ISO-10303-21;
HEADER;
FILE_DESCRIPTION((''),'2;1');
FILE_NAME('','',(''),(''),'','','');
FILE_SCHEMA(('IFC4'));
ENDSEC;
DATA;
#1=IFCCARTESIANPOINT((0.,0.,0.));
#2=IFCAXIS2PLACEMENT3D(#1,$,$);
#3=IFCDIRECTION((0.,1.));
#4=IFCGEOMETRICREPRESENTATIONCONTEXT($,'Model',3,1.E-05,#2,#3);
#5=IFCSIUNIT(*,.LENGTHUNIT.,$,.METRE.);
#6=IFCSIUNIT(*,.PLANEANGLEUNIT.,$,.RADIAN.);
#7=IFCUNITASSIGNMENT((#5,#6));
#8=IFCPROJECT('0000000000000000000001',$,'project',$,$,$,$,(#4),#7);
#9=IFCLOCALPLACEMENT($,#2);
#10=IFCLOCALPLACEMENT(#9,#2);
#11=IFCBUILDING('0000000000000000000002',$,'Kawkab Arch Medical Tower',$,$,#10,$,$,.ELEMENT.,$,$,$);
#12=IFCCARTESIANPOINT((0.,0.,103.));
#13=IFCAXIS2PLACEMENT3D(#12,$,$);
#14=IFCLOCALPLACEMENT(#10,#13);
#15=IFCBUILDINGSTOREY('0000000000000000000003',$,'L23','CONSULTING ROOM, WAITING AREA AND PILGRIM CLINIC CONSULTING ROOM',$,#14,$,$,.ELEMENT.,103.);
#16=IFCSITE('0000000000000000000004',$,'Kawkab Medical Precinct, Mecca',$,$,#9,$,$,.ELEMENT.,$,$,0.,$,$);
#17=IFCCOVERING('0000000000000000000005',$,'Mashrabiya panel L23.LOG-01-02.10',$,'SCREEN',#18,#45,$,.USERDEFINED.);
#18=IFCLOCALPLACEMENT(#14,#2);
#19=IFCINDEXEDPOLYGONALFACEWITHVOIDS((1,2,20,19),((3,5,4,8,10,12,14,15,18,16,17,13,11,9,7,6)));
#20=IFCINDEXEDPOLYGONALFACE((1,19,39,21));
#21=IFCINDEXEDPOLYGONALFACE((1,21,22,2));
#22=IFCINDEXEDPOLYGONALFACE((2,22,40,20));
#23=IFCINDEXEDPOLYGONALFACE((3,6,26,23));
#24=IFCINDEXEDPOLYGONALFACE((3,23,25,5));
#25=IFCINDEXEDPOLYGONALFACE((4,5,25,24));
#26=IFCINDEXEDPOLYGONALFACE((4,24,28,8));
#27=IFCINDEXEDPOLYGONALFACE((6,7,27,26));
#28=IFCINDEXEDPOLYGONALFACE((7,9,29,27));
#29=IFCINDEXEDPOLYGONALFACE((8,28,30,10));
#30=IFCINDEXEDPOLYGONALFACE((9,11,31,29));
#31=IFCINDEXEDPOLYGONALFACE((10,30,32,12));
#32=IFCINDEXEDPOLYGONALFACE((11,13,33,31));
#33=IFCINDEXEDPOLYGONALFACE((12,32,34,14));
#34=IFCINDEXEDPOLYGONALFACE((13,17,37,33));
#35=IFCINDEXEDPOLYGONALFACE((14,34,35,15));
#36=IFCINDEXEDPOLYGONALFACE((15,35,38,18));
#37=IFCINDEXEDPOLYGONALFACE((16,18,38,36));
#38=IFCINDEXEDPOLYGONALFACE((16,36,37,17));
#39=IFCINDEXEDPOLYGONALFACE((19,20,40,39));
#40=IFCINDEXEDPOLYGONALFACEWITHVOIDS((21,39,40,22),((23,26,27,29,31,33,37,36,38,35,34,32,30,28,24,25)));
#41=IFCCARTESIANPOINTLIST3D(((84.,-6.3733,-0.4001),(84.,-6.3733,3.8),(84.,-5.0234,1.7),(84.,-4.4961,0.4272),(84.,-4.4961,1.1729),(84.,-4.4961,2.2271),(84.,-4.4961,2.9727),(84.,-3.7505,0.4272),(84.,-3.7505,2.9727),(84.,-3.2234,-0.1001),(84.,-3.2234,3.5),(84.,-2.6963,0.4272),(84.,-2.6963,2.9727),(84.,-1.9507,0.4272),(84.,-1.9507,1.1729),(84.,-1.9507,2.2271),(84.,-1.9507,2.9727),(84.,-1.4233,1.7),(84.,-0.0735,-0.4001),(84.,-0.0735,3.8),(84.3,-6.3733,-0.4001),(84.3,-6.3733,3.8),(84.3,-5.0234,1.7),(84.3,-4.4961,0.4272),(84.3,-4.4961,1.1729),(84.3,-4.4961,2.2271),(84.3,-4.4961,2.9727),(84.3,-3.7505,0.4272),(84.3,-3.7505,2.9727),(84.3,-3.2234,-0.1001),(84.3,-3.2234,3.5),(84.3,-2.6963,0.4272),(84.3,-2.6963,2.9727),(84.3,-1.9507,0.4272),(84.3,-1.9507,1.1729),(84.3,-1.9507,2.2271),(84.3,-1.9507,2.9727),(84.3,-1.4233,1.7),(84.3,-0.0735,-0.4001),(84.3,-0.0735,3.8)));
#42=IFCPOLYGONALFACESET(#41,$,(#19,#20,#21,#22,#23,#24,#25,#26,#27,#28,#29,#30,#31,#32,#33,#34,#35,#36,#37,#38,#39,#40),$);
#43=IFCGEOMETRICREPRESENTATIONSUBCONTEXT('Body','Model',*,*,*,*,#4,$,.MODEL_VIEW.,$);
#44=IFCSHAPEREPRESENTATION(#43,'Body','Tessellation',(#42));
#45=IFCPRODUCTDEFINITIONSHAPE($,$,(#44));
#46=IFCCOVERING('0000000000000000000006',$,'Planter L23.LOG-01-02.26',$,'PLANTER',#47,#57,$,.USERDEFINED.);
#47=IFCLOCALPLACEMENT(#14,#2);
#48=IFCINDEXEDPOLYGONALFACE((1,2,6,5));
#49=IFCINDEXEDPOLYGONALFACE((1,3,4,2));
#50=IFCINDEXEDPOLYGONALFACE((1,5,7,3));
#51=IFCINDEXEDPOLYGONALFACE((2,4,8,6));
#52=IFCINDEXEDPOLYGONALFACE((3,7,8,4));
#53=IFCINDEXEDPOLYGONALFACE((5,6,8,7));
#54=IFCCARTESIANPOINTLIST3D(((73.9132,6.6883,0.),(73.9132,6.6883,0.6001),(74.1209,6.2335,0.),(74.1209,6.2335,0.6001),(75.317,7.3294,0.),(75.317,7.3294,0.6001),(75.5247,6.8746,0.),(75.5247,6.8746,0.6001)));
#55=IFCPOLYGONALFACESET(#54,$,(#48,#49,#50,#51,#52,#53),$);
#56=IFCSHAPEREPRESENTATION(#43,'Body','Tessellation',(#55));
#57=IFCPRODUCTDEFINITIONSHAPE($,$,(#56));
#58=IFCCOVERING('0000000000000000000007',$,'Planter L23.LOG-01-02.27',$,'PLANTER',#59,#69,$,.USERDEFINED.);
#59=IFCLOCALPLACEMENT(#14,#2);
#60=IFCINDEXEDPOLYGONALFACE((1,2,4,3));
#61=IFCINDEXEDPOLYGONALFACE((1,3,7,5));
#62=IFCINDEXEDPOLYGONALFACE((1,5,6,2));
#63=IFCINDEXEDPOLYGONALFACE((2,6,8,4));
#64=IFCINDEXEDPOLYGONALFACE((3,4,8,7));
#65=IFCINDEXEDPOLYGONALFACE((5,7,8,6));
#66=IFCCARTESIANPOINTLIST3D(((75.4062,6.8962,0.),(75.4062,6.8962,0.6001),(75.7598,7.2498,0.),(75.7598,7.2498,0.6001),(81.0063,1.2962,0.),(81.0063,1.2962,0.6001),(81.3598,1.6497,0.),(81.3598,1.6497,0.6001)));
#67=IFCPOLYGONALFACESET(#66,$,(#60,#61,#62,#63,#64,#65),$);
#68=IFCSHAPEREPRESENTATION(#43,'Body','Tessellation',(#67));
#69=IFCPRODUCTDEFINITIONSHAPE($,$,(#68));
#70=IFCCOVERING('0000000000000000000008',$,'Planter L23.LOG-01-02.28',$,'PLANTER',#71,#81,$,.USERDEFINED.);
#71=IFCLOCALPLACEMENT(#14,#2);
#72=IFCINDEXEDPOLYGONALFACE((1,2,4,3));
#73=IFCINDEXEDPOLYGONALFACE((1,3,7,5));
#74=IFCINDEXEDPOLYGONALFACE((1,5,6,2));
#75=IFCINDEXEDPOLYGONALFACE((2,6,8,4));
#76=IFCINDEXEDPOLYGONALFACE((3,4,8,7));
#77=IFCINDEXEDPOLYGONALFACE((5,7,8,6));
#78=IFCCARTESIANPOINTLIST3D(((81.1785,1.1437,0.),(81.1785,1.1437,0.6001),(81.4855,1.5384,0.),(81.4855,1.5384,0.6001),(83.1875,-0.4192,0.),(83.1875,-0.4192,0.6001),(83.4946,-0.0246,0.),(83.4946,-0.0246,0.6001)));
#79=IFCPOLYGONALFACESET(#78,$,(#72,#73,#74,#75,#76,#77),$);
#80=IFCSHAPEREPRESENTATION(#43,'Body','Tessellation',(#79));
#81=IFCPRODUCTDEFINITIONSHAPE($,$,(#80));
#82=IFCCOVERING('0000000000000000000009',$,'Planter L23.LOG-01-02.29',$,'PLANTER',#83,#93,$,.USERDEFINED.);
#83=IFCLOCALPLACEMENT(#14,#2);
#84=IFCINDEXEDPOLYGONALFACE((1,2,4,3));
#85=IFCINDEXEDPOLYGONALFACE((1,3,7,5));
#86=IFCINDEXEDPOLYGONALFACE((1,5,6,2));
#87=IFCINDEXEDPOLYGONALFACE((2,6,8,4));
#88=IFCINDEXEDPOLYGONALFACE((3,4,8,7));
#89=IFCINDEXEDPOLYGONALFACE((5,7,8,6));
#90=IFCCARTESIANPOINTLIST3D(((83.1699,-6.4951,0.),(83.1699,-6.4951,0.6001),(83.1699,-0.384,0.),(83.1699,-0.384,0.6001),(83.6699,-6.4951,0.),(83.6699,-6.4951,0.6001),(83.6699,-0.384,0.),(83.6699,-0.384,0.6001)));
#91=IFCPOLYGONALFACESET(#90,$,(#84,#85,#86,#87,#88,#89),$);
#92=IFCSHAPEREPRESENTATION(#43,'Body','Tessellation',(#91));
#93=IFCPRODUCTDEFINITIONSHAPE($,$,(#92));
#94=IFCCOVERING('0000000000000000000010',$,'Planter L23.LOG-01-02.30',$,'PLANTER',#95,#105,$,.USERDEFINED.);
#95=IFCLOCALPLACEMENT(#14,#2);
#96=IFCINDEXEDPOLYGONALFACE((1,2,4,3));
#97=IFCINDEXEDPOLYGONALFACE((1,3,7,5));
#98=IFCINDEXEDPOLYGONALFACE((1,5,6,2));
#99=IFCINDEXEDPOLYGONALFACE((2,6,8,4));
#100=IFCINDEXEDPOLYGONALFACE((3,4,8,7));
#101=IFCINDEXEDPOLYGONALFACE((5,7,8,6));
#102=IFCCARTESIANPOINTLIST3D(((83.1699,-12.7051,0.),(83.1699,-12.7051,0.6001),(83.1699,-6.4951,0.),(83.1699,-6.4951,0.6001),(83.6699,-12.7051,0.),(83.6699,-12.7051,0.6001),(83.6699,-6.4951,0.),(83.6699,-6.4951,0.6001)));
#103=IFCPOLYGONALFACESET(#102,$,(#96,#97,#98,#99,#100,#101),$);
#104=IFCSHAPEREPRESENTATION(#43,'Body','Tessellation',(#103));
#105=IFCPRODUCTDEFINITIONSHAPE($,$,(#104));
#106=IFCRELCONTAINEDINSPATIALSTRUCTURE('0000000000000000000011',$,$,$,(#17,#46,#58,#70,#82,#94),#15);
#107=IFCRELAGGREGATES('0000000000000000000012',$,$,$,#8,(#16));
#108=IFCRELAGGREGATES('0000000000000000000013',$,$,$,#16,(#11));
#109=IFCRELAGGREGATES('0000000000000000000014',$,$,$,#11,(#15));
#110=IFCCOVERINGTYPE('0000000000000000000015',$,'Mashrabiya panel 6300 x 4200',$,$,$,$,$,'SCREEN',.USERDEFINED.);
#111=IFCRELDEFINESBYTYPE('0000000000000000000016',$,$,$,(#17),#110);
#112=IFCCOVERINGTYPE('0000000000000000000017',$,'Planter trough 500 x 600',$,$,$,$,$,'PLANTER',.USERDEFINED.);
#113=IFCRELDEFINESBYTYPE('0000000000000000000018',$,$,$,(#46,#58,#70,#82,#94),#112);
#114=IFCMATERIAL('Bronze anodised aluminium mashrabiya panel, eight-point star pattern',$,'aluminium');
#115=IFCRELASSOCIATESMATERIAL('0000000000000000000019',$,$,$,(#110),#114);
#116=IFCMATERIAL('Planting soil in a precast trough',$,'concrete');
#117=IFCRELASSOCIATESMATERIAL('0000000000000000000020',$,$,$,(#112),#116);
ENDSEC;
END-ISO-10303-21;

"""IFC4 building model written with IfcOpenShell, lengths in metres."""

from ifc_helpers import new_model, si_unit, direction, frame, origin, origin_2d, place, context, subcontext, project, spatial, polyline, rectangle, outline, extrude, material, material_profile, profile_set, type_object, element, save


model = new_model("IFC4")

# Units and contexts
model_context = context("Model", 3, precision=1e-05, world=origin(), true_north=direction((0.0, 1.0)))
body_context = subcontext(model_context, "Body", "Model", "MODEL_VIEW")
ifc_project = project(units=[si_unit("LENGTHUNIT", "METRE"), si_unit("PLANEANGLEUNIT", "RADIAN")], contexts=[model_context])

# Site, building, storey
site_placement = place(None, origin())
site = spatial("IfcSite", under=ifc_project, at=site_placement, Name="Kawkab Medical Precinct, Mecca", CompositionType="ELEMENT", RefElevation=0.0)
building_placement = place(site_placement, origin())
building = spatial("IfcBuilding", under=site, at=building_placement, Name="Kawkab Arch Medical Tower", CompositionType="ELEMENT")
storey_placement = place(building_placement, frame((0.0, 0.0, 103.0)))
storey = spatial("IfcBuildingStorey", under=building, at=storey_placement, Name="L23", Description="CONSULTING ROOM, WAITING AREA AND PILGRIM CLINIC CONSULTING ROOM", CompositionType="ELEMENT", Elevation=103.0)

# Coverings
ifc_material_1 = material(Name="Bronze anodised aluminium mashrabiya panel, eight-point star pattern", Category="aluminium")
ifc_material_profile_1 = material_profile(ifc_material_1, outline(polyline([(-3.1499, -2.1001), (3.1499, -2.1001), (3.1499, 2.1001), (-3.1499, 2.1001), (-3.1499, -2.1001)]), holes=[polyline([(1.8, 0.0), (1.2727, 0.5271), (1.2727, 1.2727), (0.5271, 1.2727), (0.0, 1.8), (-0.5271, 1.2727), (-1.2727, 1.2727), (-1.2727, 0.5271), (-1.8, 0.0), (-1.2727, -0.5271), (-1.2727, -1.2727), (-0.5271, -1.2727), (0.0, -1.8), (0.5271, -1.2727), (1.2727, -1.2727), (1.2727, -0.5271), (1.8, 0.0)])]), Name="Mashrabiya panel 6300x4200")
ifc_profile_set_1 = profile_set([ifc_material_profile_1], Name="Bronze anodised aluminium mashrabiya panel, eight-point star pattern")
covering_type_1 = type_object("IfcCoveringType", Name="Mashrabiya panel 6300 x 4200", ElementType="SCREEN", PredefinedType="USERDEFINED", material=ifc_profile_set_1)
covering_1_placement = place(storey_placement, frame((84.0, -3.2234, 1.7), z_axis=(1.0, 0.0, 0.0), x_axis=(0.0, 1.0, 0.0)))
element("IfcCovering", 1, at=covering_1_placement, inside=storey, type_object=covering_type_1, Name="Mashrabiya panel L23.LOG-01-02.10", ObjectType="SCREEN", PredefinedType="USERDEFINED", context=body_context, shape_type="SweptSolid", body=[
    extrude(outline(polyline([(-3.1499, -2.1001), (3.1499, -2.1001), (3.1499, 2.1001), (-3.1499, 2.1001), (-3.1499, -2.1001)]), holes=[polyline([(1.8, 0.0), (1.2727, 0.5271), (1.2727, 1.2727), (0.5271, 1.2727), (0.0, 1.8), (-0.5271, 1.2727), (-1.2727, 1.2727), (-1.2727, 0.5271), (-1.8, 0.0), (-1.2727, -0.5271), (-1.2727, -1.2727), (-0.5271, -1.2727), (0.0, -1.8), (0.5271, -1.2727), (1.2727, -1.2727), (1.2727, -0.5271), (1.8, 0.0)])]), origin(), (0.0, 0.0, 1.0), 0.3),
])
ifc_material_2 = material(Name="Planting soil in a precast trough", Category="concrete")
ifc_material_profile_2 = material_profile(ifc_material_2, rectangle(XDim=0.5, YDim=0.6001, at=origin_2d()), Name="Trough 500x600")
ifc_profile_set_2 = profile_set([ifc_material_profile_2], Name="Planting soil in a precast trough")
covering_type_2 = type_object("IfcCoveringType", Name="Planter trough 500 x 600", ElementType="PLANTER", PredefinedType="USERDEFINED", material=ifc_profile_set_2)
covering_2_placement = place(storey_placement, frame((74.0171, 6.4609, 0.3), z_axis=(0.909628, 0.415423, 0.0), x_axis=(-0.415423, 0.909628, 0.0)))
element("IfcCovering", 2, at=covering_2_placement, inside=storey, type_object=covering_type_2, Name="Planter L23.LOG-01-02.26", ObjectType="PLANTER", PredefinedType="USERDEFINED", context=body_context, shape_type="SweptSolid", body=[
    extrude(rectangle(XDim=0.5, YDim=0.6001, at=origin_2d()), origin(), (0.0, 0.0, 1.0), 1.5432),
])
covering_3_placement = place(storey_placement, frame((75.583, 7.073, 0.3), z_axis=(0.707107, -0.707107, 0.0), x_axis=(0.707107, 0.707107, 0.0)))
element("IfcCovering", 3, at=covering_3_placement, inside=storey, type_object=covering_type_2, Name="Planter L23.LOG-01-02.27", ObjectType="PLANTER", PredefinedType="USERDEFINED", context=body_context, shape_type="SweptSolid", body=[
    extrude(rectangle(XDim=0.5, YDim=0.6001, at=origin_2d()), origin(), (0.0, 0.0, 1.0), 7.9197),
])
covering_4_placement = place(storey_placement, frame((81.332, 1.3411, 0.3), z_axis=(0.789275, -0.61404, 0.0), x_axis=(0.61404, 0.789275, 0.0)))
element("IfcCovering", 4, at=covering_4_placement, inside=storey, type_object=covering_type_2, Name="Planter L23.LOG-01-02.28", ObjectType="PLANTER", PredefinedType="USERDEFINED", context=body_context, shape_type="SweptSolid", body=[
    extrude(rectangle(XDim=0.5, YDim=0.6001, at=origin_2d()), origin(), (0.0, 0.0, 1.0), 2.5454),
])
covering_5_placement = place(storey_placement, frame((83.4199, -0.384, 0.3), z_axis=(0.0, -1.0, 0.0), x_axis=(1.0, 0.0, 0.0)))
element("IfcCovering", 5, at=covering_5_placement, inside=storey, type_object=covering_type_2, Name="Planter L23.LOG-01-02.29", ObjectType="PLANTER", PredefinedType="USERDEFINED", context=body_context, shape_type="SweptSolid", body=[
    extrude(rectangle(XDim=0.5, YDim=0.6001, at=origin_2d()), origin(), (0.0, 0.0, 1.0), 6.1111),
])
covering_6_placement = place(storey_placement, frame((83.4199, -6.4951, 0.3), z_axis=(0.0, -1.0, 0.0), x_axis=(1.0, 0.0, 0.0)))
element("IfcCovering", 6, at=covering_6_placement, inside=storey, type_object=covering_type_2, Name="Planter L23.LOG-01-02.30", ObjectType="PLANTER", PredefinedType="USERDEFINED", context=body_context, shape_type="SweptSolid", body=[
    extrude(rectangle(XDim=0.5, YDim=0.6001, at=origin_2d()), origin(), (0.0, 0.0, 1.0), 6.21),
])

save(model, "model.ifc")
